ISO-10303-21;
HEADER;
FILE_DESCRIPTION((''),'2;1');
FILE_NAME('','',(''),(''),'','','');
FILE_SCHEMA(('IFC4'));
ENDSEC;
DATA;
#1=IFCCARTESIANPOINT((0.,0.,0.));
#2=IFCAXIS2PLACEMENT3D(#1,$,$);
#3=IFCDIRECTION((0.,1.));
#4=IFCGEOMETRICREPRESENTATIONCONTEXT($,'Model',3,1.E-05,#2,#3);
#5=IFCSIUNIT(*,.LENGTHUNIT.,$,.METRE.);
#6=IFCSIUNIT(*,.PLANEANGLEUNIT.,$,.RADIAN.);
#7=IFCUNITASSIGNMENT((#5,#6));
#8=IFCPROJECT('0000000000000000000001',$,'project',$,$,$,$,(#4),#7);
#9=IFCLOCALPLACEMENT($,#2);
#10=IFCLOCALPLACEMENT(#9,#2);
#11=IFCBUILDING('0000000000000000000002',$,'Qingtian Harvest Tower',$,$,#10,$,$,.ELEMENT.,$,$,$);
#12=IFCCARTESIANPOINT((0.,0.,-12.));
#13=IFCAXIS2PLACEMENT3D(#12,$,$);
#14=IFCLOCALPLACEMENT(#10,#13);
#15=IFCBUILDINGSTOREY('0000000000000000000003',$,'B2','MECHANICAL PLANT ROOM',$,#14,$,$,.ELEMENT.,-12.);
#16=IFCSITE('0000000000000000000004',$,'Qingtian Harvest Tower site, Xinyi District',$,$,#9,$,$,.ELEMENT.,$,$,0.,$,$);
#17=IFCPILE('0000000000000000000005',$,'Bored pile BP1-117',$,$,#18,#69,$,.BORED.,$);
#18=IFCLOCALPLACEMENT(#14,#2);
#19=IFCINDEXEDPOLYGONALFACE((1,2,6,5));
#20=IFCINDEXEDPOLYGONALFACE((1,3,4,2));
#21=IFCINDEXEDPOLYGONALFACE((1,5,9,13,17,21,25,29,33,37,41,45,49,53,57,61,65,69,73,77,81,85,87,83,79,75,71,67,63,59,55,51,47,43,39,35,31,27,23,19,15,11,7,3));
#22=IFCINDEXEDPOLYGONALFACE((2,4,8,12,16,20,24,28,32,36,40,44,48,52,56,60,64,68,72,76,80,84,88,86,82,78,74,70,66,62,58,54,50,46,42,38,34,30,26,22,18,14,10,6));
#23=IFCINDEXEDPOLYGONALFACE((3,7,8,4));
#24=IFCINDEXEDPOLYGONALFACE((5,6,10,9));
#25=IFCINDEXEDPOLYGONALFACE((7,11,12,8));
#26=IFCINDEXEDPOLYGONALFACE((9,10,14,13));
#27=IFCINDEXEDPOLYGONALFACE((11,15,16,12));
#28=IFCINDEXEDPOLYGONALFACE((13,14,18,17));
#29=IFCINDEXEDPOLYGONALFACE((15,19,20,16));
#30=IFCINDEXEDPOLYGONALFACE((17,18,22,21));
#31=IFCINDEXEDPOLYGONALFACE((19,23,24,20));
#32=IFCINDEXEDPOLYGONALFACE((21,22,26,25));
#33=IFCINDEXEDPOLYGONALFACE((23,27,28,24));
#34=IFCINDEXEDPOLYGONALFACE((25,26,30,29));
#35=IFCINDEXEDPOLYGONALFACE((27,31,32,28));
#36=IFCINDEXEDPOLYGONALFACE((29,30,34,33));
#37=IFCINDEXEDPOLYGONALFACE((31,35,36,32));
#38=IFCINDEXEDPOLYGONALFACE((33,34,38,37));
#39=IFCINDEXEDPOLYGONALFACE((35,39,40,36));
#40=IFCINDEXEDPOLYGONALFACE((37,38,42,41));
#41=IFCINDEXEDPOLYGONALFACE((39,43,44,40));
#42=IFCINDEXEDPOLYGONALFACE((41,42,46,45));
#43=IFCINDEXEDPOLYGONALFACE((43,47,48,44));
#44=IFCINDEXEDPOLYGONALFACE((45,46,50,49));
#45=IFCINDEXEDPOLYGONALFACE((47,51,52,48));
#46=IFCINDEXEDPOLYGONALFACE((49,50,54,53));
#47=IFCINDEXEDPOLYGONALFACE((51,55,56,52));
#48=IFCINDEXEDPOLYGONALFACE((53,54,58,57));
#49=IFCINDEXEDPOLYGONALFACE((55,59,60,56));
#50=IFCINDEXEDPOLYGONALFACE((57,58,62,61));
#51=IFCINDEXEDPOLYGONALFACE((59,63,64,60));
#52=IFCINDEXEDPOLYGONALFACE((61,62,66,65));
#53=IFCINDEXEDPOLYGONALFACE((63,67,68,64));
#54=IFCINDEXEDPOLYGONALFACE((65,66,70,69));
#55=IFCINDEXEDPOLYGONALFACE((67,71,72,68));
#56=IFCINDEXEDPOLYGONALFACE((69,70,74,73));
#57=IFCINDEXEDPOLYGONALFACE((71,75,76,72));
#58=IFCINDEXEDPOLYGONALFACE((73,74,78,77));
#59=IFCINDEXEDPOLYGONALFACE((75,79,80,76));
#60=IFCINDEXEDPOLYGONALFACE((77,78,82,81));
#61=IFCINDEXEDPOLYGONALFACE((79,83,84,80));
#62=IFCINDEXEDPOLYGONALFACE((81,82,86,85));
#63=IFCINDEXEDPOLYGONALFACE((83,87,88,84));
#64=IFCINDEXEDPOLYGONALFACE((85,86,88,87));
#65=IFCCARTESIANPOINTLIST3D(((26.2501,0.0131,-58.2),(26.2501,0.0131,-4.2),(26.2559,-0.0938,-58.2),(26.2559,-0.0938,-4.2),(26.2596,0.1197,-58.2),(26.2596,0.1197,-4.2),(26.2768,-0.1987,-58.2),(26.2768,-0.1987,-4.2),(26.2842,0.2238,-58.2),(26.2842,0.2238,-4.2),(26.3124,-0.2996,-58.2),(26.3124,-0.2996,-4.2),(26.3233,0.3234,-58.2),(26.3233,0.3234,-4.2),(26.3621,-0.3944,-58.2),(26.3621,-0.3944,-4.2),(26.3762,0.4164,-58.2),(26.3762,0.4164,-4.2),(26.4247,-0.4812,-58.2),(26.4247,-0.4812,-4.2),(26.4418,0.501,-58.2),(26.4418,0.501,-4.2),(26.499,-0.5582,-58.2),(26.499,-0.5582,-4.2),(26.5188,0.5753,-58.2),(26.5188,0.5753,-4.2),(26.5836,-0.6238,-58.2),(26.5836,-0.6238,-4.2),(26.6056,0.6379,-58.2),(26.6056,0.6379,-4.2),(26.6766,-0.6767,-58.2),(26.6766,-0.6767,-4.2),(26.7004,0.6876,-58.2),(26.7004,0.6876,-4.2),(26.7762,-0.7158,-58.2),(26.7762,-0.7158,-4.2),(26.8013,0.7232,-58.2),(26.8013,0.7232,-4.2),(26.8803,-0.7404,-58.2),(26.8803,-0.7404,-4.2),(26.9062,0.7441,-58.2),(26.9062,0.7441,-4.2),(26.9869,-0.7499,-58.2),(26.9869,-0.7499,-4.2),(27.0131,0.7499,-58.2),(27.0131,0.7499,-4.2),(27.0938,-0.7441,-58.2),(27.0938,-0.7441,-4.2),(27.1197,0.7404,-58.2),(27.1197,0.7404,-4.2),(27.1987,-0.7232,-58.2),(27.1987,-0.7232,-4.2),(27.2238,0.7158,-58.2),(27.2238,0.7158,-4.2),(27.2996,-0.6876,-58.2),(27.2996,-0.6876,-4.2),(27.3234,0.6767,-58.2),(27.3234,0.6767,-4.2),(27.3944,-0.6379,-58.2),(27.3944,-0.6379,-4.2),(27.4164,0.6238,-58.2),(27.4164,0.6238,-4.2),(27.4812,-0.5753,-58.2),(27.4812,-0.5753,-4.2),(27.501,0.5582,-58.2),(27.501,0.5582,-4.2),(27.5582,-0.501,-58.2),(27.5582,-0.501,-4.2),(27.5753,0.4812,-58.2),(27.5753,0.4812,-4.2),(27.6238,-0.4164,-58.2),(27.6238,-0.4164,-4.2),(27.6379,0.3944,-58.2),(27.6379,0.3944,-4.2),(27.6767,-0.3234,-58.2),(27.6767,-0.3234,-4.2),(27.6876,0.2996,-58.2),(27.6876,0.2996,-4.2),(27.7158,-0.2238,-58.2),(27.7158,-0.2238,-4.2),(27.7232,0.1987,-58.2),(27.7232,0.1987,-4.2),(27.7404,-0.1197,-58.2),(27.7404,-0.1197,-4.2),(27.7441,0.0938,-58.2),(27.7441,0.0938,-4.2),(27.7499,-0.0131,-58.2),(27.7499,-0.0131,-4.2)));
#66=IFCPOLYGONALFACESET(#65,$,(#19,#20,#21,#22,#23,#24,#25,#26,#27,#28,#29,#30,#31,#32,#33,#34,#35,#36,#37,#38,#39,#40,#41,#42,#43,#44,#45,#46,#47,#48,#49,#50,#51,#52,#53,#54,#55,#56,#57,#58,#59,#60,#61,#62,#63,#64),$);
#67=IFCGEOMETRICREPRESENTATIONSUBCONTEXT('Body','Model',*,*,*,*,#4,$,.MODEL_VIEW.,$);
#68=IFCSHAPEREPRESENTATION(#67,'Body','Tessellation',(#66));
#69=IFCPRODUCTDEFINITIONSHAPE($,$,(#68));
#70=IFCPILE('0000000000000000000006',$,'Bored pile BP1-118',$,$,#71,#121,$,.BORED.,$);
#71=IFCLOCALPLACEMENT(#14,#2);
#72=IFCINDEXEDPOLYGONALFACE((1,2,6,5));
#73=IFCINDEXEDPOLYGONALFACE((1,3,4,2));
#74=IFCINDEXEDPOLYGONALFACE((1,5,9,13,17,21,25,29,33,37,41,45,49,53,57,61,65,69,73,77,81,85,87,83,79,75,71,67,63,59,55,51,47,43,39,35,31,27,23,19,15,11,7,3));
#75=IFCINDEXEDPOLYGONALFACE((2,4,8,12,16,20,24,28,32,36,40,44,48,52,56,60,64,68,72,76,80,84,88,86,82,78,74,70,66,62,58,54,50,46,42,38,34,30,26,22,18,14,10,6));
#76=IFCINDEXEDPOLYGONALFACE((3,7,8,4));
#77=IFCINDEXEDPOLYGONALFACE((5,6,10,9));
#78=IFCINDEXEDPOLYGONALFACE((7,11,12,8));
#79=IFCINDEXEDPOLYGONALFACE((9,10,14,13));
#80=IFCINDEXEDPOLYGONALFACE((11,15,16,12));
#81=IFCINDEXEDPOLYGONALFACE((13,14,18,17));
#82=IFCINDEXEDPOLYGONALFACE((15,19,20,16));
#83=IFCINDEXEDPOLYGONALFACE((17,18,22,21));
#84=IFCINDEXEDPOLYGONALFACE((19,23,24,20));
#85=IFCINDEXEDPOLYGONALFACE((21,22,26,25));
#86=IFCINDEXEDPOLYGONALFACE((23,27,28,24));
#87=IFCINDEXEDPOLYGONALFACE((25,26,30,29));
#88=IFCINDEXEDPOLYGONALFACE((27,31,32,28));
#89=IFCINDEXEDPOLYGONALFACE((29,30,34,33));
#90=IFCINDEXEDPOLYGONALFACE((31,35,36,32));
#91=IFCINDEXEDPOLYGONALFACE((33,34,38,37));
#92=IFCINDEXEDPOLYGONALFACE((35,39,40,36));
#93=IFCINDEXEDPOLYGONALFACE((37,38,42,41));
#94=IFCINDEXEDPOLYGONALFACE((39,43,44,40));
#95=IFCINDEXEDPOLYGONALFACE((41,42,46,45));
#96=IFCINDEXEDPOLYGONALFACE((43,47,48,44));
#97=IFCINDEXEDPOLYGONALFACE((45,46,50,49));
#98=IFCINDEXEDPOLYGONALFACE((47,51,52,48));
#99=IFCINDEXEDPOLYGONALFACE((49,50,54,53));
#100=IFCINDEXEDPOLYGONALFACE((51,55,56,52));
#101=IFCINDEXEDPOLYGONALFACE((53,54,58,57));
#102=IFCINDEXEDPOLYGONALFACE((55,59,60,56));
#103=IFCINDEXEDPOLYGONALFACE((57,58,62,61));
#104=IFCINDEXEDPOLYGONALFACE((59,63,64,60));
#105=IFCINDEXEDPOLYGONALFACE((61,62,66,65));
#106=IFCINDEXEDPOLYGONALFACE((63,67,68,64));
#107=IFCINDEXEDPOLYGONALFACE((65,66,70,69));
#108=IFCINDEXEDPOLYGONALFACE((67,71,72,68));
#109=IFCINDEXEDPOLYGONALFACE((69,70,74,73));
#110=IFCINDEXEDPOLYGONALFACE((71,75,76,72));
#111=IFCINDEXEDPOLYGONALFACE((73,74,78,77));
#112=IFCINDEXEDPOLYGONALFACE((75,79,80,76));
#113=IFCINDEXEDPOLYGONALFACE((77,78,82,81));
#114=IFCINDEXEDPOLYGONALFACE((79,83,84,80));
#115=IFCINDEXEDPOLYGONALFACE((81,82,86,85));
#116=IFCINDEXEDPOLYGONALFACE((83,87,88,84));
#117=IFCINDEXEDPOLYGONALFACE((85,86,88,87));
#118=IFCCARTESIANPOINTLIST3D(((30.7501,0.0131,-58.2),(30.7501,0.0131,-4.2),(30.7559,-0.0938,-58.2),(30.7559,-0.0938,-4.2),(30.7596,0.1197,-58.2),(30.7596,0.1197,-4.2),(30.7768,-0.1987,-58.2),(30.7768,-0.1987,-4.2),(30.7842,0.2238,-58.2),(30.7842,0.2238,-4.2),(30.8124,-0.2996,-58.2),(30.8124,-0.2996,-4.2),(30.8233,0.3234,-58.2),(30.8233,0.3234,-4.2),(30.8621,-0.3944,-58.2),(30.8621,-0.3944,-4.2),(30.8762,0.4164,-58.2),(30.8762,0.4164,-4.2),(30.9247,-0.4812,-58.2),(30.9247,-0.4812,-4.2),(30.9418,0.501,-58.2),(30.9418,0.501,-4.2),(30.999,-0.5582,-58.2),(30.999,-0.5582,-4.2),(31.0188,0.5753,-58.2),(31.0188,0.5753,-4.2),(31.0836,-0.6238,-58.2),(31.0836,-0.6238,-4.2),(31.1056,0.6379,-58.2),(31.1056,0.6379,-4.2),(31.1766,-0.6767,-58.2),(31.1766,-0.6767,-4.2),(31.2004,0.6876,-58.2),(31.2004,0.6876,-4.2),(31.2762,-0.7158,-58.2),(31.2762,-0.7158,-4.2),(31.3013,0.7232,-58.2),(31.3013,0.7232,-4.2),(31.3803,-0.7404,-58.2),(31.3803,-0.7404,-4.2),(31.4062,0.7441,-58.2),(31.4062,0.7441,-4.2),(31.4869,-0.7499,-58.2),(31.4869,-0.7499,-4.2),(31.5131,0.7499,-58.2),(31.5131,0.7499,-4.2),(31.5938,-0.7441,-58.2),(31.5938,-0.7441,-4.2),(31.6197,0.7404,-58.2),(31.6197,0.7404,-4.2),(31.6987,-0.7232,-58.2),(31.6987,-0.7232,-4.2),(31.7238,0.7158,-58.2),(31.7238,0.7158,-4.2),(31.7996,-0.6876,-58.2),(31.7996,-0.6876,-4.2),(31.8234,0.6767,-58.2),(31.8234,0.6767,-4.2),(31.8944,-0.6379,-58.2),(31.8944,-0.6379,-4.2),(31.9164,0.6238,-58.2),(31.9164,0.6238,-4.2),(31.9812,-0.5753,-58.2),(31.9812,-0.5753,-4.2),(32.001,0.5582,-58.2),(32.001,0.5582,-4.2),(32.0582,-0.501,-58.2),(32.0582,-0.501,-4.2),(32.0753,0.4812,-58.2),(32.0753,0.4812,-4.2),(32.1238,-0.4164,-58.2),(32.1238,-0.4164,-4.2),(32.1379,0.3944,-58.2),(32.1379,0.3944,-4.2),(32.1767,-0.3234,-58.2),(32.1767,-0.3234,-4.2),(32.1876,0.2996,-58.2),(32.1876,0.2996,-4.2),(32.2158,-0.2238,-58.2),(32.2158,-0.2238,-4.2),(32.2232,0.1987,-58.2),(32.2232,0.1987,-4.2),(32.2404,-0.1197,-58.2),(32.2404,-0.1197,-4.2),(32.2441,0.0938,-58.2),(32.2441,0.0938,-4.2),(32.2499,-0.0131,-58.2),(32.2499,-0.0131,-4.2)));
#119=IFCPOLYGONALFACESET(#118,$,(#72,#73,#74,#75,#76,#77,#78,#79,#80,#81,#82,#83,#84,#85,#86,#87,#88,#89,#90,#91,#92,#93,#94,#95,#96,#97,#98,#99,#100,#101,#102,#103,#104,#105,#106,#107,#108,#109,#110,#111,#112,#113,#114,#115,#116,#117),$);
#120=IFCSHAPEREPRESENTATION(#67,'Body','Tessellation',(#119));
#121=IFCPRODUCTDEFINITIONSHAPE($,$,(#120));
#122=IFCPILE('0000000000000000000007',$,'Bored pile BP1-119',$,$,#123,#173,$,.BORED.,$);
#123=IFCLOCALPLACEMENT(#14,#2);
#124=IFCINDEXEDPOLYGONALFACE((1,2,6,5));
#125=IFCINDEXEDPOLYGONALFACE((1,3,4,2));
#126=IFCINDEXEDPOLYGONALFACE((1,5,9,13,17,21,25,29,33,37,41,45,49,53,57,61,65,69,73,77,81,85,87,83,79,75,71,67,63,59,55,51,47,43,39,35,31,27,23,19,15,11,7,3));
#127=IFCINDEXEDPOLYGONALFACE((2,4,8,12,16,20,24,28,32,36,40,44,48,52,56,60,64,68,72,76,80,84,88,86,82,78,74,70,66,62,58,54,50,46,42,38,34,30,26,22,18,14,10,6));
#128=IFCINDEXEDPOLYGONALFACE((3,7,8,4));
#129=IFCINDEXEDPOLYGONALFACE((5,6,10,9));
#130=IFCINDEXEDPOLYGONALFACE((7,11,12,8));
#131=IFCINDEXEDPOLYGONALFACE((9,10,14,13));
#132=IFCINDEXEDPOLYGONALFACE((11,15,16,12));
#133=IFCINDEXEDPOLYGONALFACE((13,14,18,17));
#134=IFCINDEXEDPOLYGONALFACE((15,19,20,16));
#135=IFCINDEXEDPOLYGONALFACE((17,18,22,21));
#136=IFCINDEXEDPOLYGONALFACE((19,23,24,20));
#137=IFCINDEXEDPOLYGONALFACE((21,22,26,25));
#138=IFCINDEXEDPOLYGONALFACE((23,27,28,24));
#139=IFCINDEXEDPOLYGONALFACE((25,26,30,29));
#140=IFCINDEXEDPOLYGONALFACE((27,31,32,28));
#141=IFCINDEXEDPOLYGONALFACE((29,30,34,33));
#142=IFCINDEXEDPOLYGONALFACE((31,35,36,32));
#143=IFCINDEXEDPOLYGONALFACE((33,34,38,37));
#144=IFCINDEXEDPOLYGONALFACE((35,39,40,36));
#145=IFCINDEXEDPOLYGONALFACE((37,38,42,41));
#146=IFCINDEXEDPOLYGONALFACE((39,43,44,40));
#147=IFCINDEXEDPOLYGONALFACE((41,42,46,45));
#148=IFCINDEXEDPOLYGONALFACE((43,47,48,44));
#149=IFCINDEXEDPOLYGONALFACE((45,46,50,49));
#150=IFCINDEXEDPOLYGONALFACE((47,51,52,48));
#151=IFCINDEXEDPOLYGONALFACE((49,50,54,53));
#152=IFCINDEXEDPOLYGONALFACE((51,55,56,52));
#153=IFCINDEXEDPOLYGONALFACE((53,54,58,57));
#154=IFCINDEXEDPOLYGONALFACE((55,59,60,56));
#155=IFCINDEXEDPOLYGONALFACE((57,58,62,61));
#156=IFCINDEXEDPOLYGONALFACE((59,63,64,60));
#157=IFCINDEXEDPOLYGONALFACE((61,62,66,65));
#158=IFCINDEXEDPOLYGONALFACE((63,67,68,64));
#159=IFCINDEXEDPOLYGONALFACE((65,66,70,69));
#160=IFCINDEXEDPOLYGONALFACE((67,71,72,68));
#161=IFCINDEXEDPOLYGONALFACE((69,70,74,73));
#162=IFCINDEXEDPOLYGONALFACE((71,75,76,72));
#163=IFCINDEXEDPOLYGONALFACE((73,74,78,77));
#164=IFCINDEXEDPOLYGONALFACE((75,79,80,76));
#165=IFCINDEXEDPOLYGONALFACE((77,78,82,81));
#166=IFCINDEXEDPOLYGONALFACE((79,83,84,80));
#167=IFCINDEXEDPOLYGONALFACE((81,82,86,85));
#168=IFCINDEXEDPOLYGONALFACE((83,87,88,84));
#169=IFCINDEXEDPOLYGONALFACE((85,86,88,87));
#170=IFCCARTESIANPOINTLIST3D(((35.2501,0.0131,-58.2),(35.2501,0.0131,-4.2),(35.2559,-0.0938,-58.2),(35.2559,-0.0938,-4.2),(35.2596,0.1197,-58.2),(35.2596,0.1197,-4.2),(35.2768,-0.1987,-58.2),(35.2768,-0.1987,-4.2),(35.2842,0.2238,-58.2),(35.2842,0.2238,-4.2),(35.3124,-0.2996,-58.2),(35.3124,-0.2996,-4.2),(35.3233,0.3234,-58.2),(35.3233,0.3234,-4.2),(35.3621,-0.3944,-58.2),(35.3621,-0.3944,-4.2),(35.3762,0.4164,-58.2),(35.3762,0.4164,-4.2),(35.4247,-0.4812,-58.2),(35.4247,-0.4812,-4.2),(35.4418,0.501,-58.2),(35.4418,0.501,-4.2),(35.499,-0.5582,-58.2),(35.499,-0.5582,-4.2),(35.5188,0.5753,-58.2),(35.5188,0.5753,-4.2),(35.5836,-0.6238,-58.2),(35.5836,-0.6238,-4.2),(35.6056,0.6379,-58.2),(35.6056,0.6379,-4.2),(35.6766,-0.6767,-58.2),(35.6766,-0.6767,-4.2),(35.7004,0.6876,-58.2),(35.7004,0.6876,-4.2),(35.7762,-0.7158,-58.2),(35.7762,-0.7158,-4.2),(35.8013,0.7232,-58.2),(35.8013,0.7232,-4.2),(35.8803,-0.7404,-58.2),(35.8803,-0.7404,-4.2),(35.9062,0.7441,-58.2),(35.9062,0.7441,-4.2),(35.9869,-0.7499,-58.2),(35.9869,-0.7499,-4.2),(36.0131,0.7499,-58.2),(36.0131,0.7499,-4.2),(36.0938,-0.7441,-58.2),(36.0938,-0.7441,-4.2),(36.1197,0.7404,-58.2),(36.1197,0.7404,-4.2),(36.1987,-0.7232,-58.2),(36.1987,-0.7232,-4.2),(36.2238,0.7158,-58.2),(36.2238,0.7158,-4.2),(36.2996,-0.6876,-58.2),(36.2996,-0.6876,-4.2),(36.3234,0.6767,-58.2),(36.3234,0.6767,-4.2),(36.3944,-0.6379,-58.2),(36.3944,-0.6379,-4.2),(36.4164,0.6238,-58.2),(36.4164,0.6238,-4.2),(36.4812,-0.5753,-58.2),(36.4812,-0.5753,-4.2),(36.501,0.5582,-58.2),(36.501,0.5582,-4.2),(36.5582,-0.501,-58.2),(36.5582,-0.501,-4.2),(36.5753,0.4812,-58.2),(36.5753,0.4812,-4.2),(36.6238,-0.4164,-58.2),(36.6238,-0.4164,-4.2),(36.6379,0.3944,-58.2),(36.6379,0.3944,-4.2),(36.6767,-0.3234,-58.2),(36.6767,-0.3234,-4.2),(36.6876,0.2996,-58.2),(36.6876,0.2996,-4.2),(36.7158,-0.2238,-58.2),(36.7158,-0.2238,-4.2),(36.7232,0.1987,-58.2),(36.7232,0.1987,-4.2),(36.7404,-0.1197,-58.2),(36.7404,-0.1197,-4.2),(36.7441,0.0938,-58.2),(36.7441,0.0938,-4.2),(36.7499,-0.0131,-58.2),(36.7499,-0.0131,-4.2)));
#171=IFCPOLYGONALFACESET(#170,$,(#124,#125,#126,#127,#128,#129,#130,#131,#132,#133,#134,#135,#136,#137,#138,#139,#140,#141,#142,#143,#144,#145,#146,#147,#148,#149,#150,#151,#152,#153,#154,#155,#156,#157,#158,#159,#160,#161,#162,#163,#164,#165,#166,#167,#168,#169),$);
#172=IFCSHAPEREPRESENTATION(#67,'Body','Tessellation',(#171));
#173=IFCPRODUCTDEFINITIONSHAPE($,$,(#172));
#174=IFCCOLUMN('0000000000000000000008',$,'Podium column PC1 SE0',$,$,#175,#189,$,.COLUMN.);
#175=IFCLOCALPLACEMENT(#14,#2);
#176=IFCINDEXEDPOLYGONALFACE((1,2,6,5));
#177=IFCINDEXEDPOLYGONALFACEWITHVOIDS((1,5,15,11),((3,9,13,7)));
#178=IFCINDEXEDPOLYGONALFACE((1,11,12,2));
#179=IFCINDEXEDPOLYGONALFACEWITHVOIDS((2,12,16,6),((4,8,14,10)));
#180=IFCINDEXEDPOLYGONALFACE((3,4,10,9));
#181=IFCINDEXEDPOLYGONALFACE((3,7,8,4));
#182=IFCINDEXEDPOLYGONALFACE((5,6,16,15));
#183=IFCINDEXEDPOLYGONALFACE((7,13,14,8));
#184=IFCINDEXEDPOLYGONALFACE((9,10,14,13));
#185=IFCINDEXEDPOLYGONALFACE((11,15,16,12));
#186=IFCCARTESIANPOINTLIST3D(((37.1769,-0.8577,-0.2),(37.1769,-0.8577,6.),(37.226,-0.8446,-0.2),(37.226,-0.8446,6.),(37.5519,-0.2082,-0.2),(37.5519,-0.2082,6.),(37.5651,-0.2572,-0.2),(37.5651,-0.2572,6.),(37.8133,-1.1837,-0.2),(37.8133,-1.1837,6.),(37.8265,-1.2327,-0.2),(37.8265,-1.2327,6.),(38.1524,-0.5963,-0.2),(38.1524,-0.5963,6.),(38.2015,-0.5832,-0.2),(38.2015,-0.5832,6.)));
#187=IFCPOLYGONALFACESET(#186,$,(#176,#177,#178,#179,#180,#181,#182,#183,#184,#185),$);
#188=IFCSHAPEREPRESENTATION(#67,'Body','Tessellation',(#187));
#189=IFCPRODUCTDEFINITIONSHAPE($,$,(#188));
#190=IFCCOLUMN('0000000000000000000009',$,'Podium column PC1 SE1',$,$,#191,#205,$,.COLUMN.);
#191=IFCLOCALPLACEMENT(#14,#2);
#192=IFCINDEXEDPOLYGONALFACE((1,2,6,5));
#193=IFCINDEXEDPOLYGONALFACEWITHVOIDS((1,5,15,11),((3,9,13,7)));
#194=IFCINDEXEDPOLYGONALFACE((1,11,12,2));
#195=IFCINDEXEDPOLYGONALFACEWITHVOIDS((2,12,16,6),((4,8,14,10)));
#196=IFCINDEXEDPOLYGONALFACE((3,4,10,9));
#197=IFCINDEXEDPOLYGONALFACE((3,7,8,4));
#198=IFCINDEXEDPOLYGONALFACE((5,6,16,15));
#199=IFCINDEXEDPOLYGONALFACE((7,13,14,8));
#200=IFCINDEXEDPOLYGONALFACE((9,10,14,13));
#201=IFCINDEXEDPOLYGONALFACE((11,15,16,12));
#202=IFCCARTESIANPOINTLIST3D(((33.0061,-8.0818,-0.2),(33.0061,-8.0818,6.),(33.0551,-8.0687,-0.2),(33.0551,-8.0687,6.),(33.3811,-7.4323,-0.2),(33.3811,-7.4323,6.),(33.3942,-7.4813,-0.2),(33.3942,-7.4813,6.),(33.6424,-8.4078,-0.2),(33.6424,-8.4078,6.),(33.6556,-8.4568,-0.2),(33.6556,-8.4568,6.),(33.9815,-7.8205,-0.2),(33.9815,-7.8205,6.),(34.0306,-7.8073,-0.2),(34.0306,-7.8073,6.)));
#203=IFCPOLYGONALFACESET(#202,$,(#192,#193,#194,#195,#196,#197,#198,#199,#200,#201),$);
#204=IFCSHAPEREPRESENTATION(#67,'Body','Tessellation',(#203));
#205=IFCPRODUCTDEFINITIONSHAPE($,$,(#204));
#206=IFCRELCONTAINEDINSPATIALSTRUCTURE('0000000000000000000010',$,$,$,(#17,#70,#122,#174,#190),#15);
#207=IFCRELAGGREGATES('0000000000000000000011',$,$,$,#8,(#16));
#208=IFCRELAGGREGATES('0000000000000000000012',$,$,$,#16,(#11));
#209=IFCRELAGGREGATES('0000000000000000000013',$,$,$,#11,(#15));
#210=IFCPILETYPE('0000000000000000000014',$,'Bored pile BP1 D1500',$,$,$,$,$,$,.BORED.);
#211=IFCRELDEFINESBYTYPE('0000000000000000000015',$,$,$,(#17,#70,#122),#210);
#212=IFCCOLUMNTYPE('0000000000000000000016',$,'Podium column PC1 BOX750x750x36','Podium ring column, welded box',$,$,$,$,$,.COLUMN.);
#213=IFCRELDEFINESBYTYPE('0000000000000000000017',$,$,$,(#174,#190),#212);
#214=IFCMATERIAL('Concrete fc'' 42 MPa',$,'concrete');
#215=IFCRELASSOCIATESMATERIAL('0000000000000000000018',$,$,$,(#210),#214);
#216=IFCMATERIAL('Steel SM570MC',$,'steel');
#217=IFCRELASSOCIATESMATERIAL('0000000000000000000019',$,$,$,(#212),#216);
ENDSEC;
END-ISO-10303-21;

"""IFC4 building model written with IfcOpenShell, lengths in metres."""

from ifc_helpers import new_model, si_unit, direction, frame, frame_2d, origin, origin_2d, place, context, subcontext, project, spatial, hollow_rectangle, circle, extrude, material, material_profile, profile_set, type_object, element, save


model = new_model("IFC4")

# Units and contexts
model_context = context("Model", 3, precision=1e-05, world=origin(), true_north=direction((0.0, 1.0)))
body_context = subcontext(model_context, "Body", "Model", "MODEL_VIEW")
ifc_project = project(units=[si_unit("LENGTHUNIT", "METRE"), si_unit("PLANEANGLEUNIT", "RADIAN")], contexts=[model_context])

# Site, building, storey
site_placement = place(None, origin())
site = spatial("IfcSite", under=ifc_project, at=site_placement, Name="Qingtian Harvest Tower site, Xinyi District", CompositionType="ELEMENT", RefElevation=0.0)
building_placement = place(site_placement, origin())
building = spatial("IfcBuilding", under=site, at=building_placement, Name="Qingtian Harvest Tower", CompositionType="ELEMENT")
storey_placement = place(building_placement, frame((0.0, 0.0, -12.0)))
storey = spatial("IfcBuildingStorey", under=building, at=storey_placement, Name="B2", Description="MECHANICAL PLANT ROOM", CompositionType="ELEMENT", Elevation=-12.0)

# Piles
ifc_material_1 = material(Name="Concrete fc' 42 MPa", Category="concrete")
ifc_material_profile_1 = material_profile(ifc_material_1, circle(Radius=0.75, at=frame_2d((0.0, 0.0), x_axis=(0.999848, 0.017452))), Name="Bored pile BP1 D1500")
ifc_profile_set_1 = profile_set([ifc_material_profile_1], Name="Concrete fc' 42 MPa")
pile_type = type_object("IfcPileType", Name="Bored pile BP1 D1500", PredefinedType="BORED", material=ifc_profile_set_1)
for number, where, z_axis, x_axis, name in (
    (1, (27.0, 0.0, -4.2), (0.0, 0.0, -1.0), (1.0, 0.0, 0.0), "Bored pile BP1-117"),
    (2, (31.5, 0.0, -4.2), (0.0, 0.0, -1.0), (1.0, 0.0, 0.0), "Bored pile BP1-118"),
    (3, (36.0, 0.0, -4.2), (0.0, 0.0, -1.0), (1.0, 0.0, 0.0), "Bored pile BP1-119"),
):
    element("IfcPile", number, at=place(storey_placement, frame(where, z_axis=z_axis, x_axis=x_axis)), inside=storey, type_object=pile_type, Name=name, PredefinedType="BORED", context=body_context, shape_type="SweptSolid", body=[
        extrude(circle(Radius=0.75, at=frame_2d((0.0, 0.0), x_axis=(0.999848, 0.017452))), origin(), (0.0, 0.0, 1.0), 54.0),
    ])

# Columns
ifc_material_2 = material(Name="Steel SM570MC", Category="steel")
ifc_material_profile_2 = material_profile(ifc_material_2, hollow_rectangle(XDim=0.75, YDim=0.75, WallThickness=0.0359, at=origin_2d()), Name="BOX750x750x36")
ifc_profile_set_2 = profile_set([ifc_material_profile_2], Name="Steel SM570MC")
column_type_1 = type_object("IfcColumnType", Name="Podium column PC1 BOX750x750x36", Description="Podium ring column, welded box", PredefinedType="COLUMN", material=ifc_profile_set_2)
for number, where, z_axis, x_axis, name in (
    (4, (37.6892, -0.7205, -0.2), (0.0, 0.0, 1.0), (0.5, 0.866025, 0.0), "Podium column PC1 SE0"),
    (5, (33.5183, -7.9446, -0.2), (0.0, 0.0, 1.0), (0.5, 0.866025, 0.0), "Podium column PC1 SE1"),
):
    element("IfcColumn", number, at=place(storey_placement, frame(where, z_axis=z_axis, x_axis=x_axis)), inside=storey, type_object=column_type_1, Name=name, PredefinedType="COLUMN", context=body_context, shape_type="SweptSolid", body=[
        extrude(hollow_rectangle(XDim=0.75, YDim=0.75, WallThickness=0.0359, at=origin_2d()), origin(), (0.0, 0.0, 1.0), 6.2),
    ])

save(model, "model.ifc")
